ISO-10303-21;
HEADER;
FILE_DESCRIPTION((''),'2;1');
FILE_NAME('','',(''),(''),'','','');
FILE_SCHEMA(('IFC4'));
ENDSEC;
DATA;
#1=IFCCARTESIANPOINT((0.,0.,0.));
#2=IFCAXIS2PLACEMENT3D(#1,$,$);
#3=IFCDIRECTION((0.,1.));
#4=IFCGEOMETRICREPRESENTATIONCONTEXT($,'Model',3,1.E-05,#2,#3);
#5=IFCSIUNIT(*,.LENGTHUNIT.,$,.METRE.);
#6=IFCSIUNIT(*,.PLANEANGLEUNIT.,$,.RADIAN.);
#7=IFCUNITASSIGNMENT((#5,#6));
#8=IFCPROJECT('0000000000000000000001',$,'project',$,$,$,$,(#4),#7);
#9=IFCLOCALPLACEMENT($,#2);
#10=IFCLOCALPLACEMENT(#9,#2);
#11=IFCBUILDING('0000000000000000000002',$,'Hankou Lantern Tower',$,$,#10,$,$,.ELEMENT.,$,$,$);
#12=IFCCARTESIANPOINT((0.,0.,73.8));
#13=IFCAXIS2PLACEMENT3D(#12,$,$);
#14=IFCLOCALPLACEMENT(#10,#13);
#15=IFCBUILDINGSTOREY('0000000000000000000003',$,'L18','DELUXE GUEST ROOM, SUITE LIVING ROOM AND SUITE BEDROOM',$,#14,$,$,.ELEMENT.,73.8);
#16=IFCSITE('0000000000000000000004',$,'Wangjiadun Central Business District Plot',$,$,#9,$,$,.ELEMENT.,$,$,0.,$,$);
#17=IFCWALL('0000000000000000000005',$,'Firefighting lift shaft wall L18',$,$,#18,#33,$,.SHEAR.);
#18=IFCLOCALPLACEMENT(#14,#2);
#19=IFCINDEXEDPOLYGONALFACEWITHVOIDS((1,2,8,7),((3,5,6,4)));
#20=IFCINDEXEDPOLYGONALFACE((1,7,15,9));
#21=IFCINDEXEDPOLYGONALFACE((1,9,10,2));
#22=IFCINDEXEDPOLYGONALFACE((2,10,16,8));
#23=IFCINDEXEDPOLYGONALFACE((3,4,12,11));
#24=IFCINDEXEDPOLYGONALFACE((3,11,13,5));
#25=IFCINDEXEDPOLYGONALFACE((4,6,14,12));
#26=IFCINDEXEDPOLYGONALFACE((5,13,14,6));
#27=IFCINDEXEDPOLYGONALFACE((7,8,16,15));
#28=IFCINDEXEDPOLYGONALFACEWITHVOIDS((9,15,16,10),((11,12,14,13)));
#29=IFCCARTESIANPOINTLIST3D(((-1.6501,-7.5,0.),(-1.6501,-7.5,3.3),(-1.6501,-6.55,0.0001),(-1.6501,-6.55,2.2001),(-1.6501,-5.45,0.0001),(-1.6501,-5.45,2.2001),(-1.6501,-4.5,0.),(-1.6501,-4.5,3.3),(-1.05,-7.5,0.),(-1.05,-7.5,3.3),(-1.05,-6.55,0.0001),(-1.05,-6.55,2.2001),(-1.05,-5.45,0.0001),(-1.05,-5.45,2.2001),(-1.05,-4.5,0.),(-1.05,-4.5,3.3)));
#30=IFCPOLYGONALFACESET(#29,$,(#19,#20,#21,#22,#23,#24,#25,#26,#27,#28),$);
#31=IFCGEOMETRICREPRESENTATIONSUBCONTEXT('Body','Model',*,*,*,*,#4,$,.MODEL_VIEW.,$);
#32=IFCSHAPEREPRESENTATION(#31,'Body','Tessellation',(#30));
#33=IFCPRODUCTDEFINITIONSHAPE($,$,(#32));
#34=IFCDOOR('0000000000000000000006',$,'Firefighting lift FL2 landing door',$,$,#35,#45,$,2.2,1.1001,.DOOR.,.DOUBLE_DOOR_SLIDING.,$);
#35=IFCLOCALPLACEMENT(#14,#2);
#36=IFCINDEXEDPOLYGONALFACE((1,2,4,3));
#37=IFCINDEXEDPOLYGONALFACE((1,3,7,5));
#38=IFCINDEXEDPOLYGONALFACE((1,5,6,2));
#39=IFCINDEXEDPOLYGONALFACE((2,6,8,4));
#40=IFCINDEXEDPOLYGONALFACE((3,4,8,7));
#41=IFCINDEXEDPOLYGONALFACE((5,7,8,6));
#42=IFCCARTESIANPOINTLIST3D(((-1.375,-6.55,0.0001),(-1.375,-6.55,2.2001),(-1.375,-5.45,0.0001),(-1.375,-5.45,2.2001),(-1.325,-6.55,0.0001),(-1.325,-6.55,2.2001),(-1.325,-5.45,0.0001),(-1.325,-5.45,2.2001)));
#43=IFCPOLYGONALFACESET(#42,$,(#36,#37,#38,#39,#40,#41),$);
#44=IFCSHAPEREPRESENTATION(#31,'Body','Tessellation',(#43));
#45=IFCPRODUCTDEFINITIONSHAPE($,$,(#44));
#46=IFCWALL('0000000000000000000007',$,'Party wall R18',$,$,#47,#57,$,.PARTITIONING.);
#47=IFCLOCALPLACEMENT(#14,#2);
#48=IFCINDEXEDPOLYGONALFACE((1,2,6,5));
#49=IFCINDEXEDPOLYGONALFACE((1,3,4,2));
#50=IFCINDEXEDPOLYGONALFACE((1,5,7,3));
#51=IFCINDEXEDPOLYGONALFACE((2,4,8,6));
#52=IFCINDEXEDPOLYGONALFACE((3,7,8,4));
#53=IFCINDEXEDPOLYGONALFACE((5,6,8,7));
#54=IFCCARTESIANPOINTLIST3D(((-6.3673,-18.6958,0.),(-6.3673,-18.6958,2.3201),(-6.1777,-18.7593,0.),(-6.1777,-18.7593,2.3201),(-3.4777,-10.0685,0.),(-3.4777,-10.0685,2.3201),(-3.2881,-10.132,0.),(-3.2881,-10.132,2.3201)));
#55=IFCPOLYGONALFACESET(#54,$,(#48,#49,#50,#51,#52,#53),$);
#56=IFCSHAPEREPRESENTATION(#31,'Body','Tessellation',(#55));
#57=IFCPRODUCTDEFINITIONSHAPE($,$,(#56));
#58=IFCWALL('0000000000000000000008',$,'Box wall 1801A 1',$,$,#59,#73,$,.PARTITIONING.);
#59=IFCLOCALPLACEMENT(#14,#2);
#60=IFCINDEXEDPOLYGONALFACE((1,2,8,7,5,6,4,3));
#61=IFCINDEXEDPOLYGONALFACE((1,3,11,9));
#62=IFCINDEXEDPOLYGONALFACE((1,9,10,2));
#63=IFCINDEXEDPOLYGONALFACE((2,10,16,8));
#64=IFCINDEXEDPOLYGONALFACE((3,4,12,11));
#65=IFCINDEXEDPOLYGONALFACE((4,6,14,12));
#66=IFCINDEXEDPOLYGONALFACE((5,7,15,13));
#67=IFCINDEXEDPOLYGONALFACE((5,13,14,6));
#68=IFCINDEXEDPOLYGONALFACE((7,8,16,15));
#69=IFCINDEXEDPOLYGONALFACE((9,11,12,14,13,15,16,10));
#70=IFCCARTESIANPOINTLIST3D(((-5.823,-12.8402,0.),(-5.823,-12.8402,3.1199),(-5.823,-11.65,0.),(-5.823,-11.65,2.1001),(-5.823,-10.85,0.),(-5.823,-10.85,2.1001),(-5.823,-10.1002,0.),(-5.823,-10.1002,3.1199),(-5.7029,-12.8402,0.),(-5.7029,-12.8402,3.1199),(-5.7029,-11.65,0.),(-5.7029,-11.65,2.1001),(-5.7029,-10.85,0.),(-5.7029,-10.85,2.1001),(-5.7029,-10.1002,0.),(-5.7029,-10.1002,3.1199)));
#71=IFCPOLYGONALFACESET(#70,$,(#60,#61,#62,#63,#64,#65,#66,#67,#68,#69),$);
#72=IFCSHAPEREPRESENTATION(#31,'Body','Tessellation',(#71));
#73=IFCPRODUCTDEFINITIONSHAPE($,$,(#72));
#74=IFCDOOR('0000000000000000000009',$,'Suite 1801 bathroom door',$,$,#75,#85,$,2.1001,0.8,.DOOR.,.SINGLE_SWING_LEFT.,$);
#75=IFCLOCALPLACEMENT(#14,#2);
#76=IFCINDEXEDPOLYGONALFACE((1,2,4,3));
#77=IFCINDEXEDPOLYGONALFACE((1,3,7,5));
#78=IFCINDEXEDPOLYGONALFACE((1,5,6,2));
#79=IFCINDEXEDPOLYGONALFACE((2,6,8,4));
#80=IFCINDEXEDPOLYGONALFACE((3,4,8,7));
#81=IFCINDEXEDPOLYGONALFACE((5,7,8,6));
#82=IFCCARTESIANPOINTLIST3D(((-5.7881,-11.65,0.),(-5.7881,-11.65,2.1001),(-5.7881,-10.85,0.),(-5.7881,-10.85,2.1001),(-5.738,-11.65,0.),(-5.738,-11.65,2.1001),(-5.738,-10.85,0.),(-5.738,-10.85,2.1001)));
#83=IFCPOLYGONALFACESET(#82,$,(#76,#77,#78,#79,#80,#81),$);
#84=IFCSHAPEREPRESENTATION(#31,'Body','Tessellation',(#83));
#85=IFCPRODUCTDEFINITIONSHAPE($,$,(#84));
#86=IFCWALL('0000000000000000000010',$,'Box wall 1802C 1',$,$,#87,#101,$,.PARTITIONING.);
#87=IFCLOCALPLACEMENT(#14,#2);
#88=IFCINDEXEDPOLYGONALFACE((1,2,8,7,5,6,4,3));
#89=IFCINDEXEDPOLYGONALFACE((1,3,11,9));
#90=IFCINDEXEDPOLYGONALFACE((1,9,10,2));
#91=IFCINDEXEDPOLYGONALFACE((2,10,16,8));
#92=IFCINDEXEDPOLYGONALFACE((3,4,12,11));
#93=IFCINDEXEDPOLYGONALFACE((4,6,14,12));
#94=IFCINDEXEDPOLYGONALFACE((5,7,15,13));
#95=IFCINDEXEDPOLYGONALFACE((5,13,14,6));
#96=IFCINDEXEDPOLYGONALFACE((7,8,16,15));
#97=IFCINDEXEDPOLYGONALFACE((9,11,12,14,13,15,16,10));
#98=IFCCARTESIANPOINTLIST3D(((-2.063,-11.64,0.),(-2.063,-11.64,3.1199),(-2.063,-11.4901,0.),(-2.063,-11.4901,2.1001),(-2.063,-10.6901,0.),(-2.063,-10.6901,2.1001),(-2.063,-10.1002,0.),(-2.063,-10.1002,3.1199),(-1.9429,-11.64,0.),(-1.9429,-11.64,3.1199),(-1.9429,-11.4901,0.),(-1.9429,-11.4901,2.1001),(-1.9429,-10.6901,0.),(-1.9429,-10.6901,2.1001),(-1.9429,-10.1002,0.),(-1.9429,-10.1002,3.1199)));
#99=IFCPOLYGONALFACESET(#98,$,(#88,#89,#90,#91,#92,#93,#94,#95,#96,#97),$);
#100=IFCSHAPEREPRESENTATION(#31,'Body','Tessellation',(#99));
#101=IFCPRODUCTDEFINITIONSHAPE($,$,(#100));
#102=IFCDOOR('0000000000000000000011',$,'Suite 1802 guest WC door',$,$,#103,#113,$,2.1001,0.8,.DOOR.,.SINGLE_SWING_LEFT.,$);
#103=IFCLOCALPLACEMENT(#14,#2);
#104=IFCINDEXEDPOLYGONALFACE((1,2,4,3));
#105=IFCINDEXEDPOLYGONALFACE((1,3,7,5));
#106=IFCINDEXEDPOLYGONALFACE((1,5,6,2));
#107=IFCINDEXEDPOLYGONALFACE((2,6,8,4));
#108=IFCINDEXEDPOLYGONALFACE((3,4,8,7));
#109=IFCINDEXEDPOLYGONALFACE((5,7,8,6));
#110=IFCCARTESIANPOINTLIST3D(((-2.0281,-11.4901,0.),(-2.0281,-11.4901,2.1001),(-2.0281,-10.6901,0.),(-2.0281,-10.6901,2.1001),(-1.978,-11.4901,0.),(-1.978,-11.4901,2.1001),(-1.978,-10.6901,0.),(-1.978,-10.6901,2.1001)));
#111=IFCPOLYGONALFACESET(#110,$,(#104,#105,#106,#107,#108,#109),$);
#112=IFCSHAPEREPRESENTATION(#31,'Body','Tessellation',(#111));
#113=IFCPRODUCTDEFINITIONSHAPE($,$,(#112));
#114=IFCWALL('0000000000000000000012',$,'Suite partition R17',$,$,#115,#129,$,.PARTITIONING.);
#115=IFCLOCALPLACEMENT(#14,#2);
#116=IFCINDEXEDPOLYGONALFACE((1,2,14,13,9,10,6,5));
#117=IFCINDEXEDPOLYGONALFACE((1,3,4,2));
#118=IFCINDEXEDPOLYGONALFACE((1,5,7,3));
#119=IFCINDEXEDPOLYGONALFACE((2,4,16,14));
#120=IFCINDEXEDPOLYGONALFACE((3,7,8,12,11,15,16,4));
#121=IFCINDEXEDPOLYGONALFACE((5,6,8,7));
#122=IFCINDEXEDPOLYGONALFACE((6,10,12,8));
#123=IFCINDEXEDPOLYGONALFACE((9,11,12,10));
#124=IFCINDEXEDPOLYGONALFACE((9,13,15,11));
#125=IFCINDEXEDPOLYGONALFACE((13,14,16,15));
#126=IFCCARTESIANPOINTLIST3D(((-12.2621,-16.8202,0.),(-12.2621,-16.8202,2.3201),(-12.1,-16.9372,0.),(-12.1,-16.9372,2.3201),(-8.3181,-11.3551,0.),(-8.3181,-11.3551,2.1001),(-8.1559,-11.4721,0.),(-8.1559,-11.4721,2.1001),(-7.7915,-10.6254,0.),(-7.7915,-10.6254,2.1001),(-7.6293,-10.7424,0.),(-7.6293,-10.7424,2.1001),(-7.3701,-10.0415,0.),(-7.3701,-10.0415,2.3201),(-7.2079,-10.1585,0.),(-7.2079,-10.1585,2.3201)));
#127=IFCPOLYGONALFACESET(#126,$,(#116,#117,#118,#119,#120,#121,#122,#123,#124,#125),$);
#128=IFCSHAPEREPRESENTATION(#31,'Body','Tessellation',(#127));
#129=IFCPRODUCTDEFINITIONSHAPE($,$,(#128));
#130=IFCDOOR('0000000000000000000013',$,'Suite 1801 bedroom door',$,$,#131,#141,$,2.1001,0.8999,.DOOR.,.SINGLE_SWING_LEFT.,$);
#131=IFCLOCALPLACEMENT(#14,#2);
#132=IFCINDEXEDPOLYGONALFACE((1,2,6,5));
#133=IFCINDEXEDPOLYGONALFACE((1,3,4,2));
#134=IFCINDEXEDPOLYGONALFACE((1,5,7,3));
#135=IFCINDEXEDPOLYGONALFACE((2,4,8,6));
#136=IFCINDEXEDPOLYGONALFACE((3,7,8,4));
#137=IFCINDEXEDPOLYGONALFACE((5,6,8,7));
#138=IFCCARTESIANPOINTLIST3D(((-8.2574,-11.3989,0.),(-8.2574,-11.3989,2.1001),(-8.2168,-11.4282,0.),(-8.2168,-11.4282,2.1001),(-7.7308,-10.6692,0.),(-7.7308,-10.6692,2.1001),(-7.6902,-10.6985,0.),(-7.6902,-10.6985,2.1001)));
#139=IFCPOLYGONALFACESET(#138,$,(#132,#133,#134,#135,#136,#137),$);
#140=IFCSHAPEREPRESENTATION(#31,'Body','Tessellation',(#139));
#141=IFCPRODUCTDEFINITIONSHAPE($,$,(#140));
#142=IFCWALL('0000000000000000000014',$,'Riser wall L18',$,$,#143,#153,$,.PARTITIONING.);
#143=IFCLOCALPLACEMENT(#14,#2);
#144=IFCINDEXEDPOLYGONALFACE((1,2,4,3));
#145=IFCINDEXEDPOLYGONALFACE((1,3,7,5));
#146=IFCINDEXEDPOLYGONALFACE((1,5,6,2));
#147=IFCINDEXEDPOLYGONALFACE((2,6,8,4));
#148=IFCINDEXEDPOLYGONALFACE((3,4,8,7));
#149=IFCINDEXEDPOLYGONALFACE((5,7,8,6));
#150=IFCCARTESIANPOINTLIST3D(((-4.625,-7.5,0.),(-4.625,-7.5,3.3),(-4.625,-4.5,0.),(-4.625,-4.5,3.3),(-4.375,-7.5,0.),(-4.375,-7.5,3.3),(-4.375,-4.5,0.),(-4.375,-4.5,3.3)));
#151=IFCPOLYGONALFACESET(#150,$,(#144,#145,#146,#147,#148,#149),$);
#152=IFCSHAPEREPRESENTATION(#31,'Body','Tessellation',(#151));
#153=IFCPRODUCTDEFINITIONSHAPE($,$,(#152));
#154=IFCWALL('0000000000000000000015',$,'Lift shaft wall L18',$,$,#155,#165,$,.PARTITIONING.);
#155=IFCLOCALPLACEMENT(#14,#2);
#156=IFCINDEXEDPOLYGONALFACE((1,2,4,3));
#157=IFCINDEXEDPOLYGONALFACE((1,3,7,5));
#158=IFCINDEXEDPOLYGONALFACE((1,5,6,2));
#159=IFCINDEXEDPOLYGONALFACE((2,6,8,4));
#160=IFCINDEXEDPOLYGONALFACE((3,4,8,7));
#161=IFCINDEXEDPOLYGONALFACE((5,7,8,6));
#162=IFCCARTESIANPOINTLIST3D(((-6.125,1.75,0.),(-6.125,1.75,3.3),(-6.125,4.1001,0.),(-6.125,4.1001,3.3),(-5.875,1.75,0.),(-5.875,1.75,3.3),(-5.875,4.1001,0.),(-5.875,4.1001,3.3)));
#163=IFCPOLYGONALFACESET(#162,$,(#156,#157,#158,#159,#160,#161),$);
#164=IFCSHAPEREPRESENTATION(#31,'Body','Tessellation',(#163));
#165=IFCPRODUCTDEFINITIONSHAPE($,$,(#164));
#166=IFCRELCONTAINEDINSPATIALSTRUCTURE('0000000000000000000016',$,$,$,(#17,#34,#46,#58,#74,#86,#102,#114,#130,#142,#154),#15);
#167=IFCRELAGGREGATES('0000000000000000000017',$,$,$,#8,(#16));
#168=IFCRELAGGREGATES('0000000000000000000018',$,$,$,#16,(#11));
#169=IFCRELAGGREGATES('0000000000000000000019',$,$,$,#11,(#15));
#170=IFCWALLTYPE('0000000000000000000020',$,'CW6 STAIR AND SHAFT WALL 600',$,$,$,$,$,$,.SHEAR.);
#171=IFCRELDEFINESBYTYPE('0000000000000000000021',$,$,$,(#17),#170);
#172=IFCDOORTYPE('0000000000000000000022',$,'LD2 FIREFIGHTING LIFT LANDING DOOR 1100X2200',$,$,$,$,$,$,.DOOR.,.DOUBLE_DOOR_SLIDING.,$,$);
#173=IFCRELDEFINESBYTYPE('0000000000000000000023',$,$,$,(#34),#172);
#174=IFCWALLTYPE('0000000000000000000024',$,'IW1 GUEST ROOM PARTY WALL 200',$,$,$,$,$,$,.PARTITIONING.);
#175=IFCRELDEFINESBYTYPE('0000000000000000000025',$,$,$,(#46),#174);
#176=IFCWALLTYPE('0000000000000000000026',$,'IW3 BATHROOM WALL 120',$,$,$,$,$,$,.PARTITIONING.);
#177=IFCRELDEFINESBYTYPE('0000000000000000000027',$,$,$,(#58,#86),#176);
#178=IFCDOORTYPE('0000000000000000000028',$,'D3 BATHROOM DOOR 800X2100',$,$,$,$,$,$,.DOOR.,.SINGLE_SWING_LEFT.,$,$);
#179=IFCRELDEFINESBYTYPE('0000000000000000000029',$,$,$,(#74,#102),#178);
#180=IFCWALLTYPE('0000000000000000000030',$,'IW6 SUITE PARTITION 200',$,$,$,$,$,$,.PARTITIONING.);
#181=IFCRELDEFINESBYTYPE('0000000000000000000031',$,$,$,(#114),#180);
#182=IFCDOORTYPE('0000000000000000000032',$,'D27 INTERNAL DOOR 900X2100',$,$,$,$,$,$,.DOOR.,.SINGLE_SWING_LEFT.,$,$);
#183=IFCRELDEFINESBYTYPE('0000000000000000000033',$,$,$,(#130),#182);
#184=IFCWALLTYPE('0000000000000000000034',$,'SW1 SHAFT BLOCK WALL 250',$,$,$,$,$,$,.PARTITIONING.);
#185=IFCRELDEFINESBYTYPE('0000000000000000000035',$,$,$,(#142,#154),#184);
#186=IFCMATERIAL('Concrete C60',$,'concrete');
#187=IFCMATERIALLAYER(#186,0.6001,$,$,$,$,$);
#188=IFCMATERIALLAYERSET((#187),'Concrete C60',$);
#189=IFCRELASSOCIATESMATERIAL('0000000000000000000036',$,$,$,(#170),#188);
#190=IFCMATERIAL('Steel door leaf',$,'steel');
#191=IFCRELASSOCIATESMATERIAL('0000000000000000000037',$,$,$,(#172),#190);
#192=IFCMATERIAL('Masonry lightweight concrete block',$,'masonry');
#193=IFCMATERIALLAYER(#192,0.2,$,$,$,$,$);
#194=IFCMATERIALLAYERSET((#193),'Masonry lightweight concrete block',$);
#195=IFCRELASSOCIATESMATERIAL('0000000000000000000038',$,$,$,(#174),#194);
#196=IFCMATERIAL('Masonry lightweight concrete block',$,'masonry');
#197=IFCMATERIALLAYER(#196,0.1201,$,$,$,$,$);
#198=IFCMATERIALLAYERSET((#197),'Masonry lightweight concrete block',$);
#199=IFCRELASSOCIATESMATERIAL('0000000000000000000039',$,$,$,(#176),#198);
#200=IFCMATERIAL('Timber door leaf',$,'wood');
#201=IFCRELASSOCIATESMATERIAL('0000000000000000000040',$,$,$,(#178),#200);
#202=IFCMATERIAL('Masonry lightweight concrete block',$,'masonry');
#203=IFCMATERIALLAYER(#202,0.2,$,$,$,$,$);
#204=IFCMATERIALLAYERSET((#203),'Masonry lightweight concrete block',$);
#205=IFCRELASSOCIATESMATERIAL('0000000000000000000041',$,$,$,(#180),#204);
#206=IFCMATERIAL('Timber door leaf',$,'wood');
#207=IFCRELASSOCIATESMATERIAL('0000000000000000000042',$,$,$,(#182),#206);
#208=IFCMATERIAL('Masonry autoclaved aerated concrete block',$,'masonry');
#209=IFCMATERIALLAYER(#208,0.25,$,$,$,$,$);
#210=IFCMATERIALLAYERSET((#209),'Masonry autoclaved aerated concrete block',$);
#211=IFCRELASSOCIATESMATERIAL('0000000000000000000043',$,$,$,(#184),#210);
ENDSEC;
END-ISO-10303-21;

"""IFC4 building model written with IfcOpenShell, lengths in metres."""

from ifc_helpers import new_model, si_unit, direction, frame, frame_2d, origin, place, context, subcontext, project, spatial, rectangle, extrude, material, layer, layer_set, type_object, element, fill, save


model = new_model("IFC4")

# Units and contexts
model_context = context("Model", 3, precision=1e-05, world=origin(), true_north=direction((0.0, 1.0)))
body_context = subcontext(model_context, "Body", "Model", "MODEL_VIEW")
ifc_project = project(units=[si_unit("LENGTHUNIT", "METRE"), si_unit("PLANEANGLEUNIT", "RADIAN")], contexts=[model_context])

# Site, building, storey
site_placement = place(None, origin())
site = spatial("IfcSite", under=ifc_project, at=site_placement, Name="Wangjiadun Central Business District Plot", CompositionType="ELEMENT", RefElevation=0.0)
building_placement = place(site_placement, origin())
building = spatial("IfcBuilding", under=site, at=building_placement, Name="Hankou Lantern Tower", CompositionType="ELEMENT")
storey_placement = place(building_placement, frame((0.0, 0.0, 73.8)))
storey = spatial("IfcBuildingStorey", under=building, at=storey_placement, Name="L18", Description="DELUXE GUEST ROOM, SUITE LIVING ROOM AND SUITE BEDROOM", CompositionType="ELEMENT", Elevation=73.8)

# Wall, opening, door
ifc_material_1 = material(Name="Concrete C60", Category="concrete")
ifc_layer_1 = layer(ifc_material_1, 0.6001)
ifc_layer_set_1 = layer_set([ifc_layer_1], Name="Concrete C60")
wall_type_1 = type_object("IfcWallType", Name="CW6 STAIR AND SHAFT WALL 600", PredefinedType="SHEAR", material=ifc_layer_set_1)
wall_1_placement = place(storey_placement, frame((-1.3501, -7.5, 0.0), z_axis=(0.0, 0.0, 1.0), x_axis=(0.0, 1.0, 0.0)))
wall_1 = element("IfcWall", 1, at=wall_1_placement, inside=storey, type_object=wall_type_1, Name="Firefighting lift shaft wall L18", PredefinedType="SHEAR", context=body_context, shape_type="SweptSolid", body=[
    extrude(rectangle(XDim=3.0, YDim=0.6001, at=frame_2d((1.5, 0.0))), origin(), (0.0, 0.0, 1.0), 3.3),
])
opening_1_placement = place(wall_1_placement, frame((0.95, 0.0, 0.0)))
opening_1 = element("IfcOpeningElement", 2, at=opening_1_placement, cuts=wall_1, PredefinedType="OPENING", context=body_context, shape_type="SweptSolid", body=[
    extrude(rectangle(XDim=1.1001, YDim=2.2, at=frame_2d((0.55, 1.1001))), frame((0.0, 0.3101, 0.0), z_axis=(0.0, -1.0, 0.0), x_axis=(1.0, 0.0, 0.0)), (0.0, 0.0, 1.0), 0.6201),
])
ifc_material_2 = material(Name="Steel door leaf", Category="steel")
door_type_1 = type_object("IfcDoorType", Name="LD2 FIREFIGHTING LIFT LANDING DOOR 1100X2200", OperationType="DOUBLE_DOOR_SLIDING", PredefinedType="DOOR", material=ifc_material_2)
door_1_placement = place(opening_1_placement, origin())
door_1 = element("IfcDoor", 3, at=door_1_placement, inside=storey, type_object=door_type_1, Name="Firefighting lift FL2 landing door", OperationType="DOUBLE_DOOR_SLIDING", OverallHeight=2.2, OverallWidth=1.1001, PredefinedType="DOOR", context=body_context, shape_type="SweptSolid", body=[
    extrude(rectangle(XDim=1.1001, YDim=2.2, at=frame_2d((0.55, 1.1001))), frame((0.0, 0.0249, 0.0), z_axis=(0.0, -1.0, 0.0), x_axis=(1.0, 0.0, 0.0)), (0.0, 0.0, 1.0), 0.05),
])
fill(opening_1, door_1)

# Wall
ifc_material_3 = material(Name="Masonry lightweight concrete block", Category="masonry")
ifc_layer_2 = layer(ifc_material_3, 0.2)
ifc_layer_set_2 = layer_set([ifc_layer_2], Name="Masonry lightweight concrete block")
wall_type_2 = type_object("IfcWallType", Name="IW1 GUEST ROOM PARTY WALL 200", PredefinedType="PARTITIONING", material=ifc_layer_set_2)
wall_2_placement = place(storey_placement, frame((-3.3828, -10.1001, 0.0), z_axis=(0.0, 0.0, 1.0), x_axis=(-0.317596, -0.948226, 0.0)))
element("IfcWall", 4, at=wall_2_placement, inside=storey, type_object=wall_type_2, Name="Party wall R18", PredefinedType="PARTITIONING", context=body_context, shape_type="SweptSolid", body=[
    extrude(rectangle(XDim=9.0984, YDim=0.2, at=frame_2d((4.5493, 0.0))), origin(), (0.0, 0.0, 1.0), 2.3201),
])

# Walls, openings, doors
ifc_material_4 = material(Name="Masonry lightweight concrete block", Category="masonry")
ifc_layer_3 = layer(ifc_material_4, 0.1201)
ifc_layer_set_3 = layer_set([ifc_layer_3], Name="Masonry lightweight concrete block")
wall_type_3 = type_object("IfcWallType", Name="IW3 BATHROOM WALL 120", PredefinedType="PARTITIONING", material=ifc_layer_set_3)
wall_3_placement = place(storey_placement, frame((-5.7629, -10.1001, 0.0), z_axis=(0.0, 0.0, 1.0), x_axis=(0.0, -1.0, 0.0)))
wall_3 = element("IfcWall", 5, at=wall_3_placement, inside=storey, type_object=wall_type_3, Name="Box wall 1801A 1", PredefinedType="PARTITIONING", context=body_context, shape_type="SweptSolid", body=[
    extrude(rectangle(XDim=2.74, YDim=0.1201, at=frame_2d((1.3701, 0.0))), origin(), (0.0, 0.0, 1.0), 3.1199),
])
opening_2_placement = place(wall_3_placement, frame((0.75, 0.0, 0.0)))
opening_2 = element("IfcOpeningElement", 6, at=opening_2_placement, cuts=wall_3, PredefinedType="OPENING", context=body_context, shape_type="SweptSolid", body=[
    extrude(rectangle(XDim=0.8, YDim=2.1001, at=frame_2d((0.3999, 1.05))), frame((0.0, 0.0701, 0.0), z_axis=(0.0, -1.0, 0.0), x_axis=(1.0, 0.0, 0.0)), (0.0, 0.0, 1.0), 0.1401),
])
ifc_material_5 = material(Name="Timber door leaf", Category="wood")
door_type_2 = type_object("IfcDoorType", Name="D3 BATHROOM DOOR 800X2100", OperationType="SINGLE_SWING_LEFT", PredefinedType="DOOR", material=ifc_material_5)
door_2_placement = place(opening_2_placement, origin())
door_2 = element("IfcDoor", 7, at=door_2_placement, inside=storey, type_object=door_type_2, Name="Suite 1801 bathroom door", OperationType="SINGLE_SWING_LEFT", OverallHeight=2.1001, OverallWidth=0.8, PredefinedType="DOOR", context=body_context, shape_type="SweptSolid", body=[
    extrude(rectangle(XDim=0.8, YDim=2.1001, at=frame_2d((0.3999, 1.05))), frame((0.0, 0.0249, 0.0), z_axis=(0.0, -1.0, 0.0), x_axis=(1.0, 0.0, 0.0)), (0.0, 0.0, 1.0), 0.05),
])
fill(opening_2, door_2)
wall_4_placement = place(storey_placement, frame((-2.0029, -10.1001, 0.0), z_axis=(0.0, 0.0, 1.0), x_axis=(0.0, -1.0, 0.0)))
wall_4 = element("IfcWall", 8, at=wall_4_placement, inside=storey, type_object=wall_type_3, Name="Box wall 1802C 1", PredefinedType="PARTITIONING", context=body_context, shape_type="SweptSolid", body=[
    extrude(rectangle(XDim=1.5398, YDim=0.1201, at=frame_2d((0.77, 0.0))), origin(), (0.0, 0.0, 1.0), 3.1199),
])
opening_3_placement = place(wall_4_placement, frame((0.5901, 0.0, 0.0)))
opening_3 = element("IfcOpeningElement", 9, at=opening_3_placement, cuts=wall_4, PredefinedType="OPENING", context=body_context, shape_type="SweptSolid", body=[
    extrude(rectangle(XDim=0.8, YDim=2.1001, at=frame_2d((0.3999, 1.05))), frame((0.0, 0.0701, 0.0), z_axis=(0.0, -1.0, 0.0), x_axis=(1.0, 0.0, 0.0)), (0.0, 0.0, 1.0), 0.1401),
])
door_3_placement = place(opening_3_placement, origin())
door_3 = element("IfcDoor", 10, at=door_3_placement, inside=storey, type_object=door_type_2, Name="Suite 1802 guest WC door", OperationType="SINGLE_SWING_LEFT", OverallHeight=2.1001, OverallWidth=0.8, PredefinedType="DOOR", context=body_context, shape_type="SweptSolid", body=[
    extrude(rectangle(XDim=0.8, YDim=2.1001, at=frame_2d((0.3999, 1.05))), frame((0.0, 0.0249, 0.0), z_axis=(0.0, -1.0, 0.0), x_axis=(1.0, 0.0, 0.0)), (0.0, 0.0, 1.0), 0.05),
])
fill(opening_3, door_3)
ifc_material_6 = material(Name="Masonry lightweight concrete block", Category="masonry")
ifc_layer_4 = layer(ifc_material_6, 0.2)
ifc_layer_set_4 = layer_set([ifc_layer_4], Name="Masonry lightweight concrete block")
wall_type_4 = type_object("IfcWallType", Name="IW6 SUITE PARTITION 200", PredefinedType="PARTITIONING", material=ifc_layer_set_4)
wall_5_placement = place(storey_placement, frame((-7.2891, -10.1001, 0.0), z_axis=(0.0, 0.0, 1.0), x_axis=(-0.585198, -0.81089, 0.0)))
wall_5 = element("IfcWall", 11, at=wall_5_placement, inside=storey, type_object=wall_type_4, Name="Suite partition R17", PredefinedType="PARTITIONING", context=body_context, shape_type="SweptSolid", body=[
    extrude(rectangle(XDim=8.3596, YDim=0.2, at=frame_2d((4.1797, 0.0))), origin(), (0.0, 0.0, 1.0), 2.3201),
])
opening_4_placement = place(wall_5_placement, frame((0.72, 0.0, 0.0)))
opening_4 = element("IfcOpeningElement", 12, at=opening_4_placement, cuts=wall_5, PredefinedType="OPENING", context=body_context, shape_type="SweptSolid", body=[
    extrude(rectangle(XDim=0.8999, YDim=2.1001, at=frame_2d((0.45, 1.05))), frame((0.0, 0.1099, 0.0), z_axis=(0.0, -1.0, 0.0), x_axis=(1.0, 0.0, 0.0)), (0.0, 0.0, 1.0), 0.22),
])
ifc_material_7 = material(Name="Timber door leaf", Category="wood")
door_type_3 = type_object("IfcDoorType", Name="D27 INTERNAL DOOR 900X2100", OperationType="SINGLE_SWING_LEFT", PredefinedType="DOOR", material=ifc_material_7)
door_4_placement = place(opening_4_placement, origin())
door_4 = element("IfcDoor", 13, at=door_4_placement, inside=storey, type_object=door_type_3, Name="Suite 1801 bedroom door", OperationType="SINGLE_SWING_LEFT", OverallHeight=2.1001, OverallWidth=0.8999, PredefinedType="DOOR", context=body_context, shape_type="SweptSolid", body=[
    extrude(rectangle(XDim=0.8999, YDim=2.1001, at=frame_2d((0.45, 1.05))), frame((0.0, 0.0249, 0.0), z_axis=(0.0, -1.0, 0.0), x_axis=(1.0, 0.0, 0.0)), (0.0, 0.0, 1.0), 0.05),
])
fill(opening_4, door_4)

# Walls
ifc_material_8 = material(Name="Masonry autoclaved aerated concrete block", Category="masonry")
ifc_layer_5 = layer(ifc_material_8, 0.25)
ifc_layer_set_5 = layer_set([ifc_layer_5], Name="Masonry autoclaved aerated concrete block")
wall_type_5 = type_object("IfcWallType", Name="SW1 SHAFT BLOCK WALL 250", PredefinedType="PARTITIONING", material=ifc_layer_set_5)
wall_6_placement = place(storey_placement, frame((-4.5, -7.5, 0.0), z_axis=(0.0, 0.0, 1.0), x_axis=(0.0, 1.0, 0.0)))
element("IfcWall", 14, at=wall_6_placement, inside=storey, type_object=wall_type_5, Name="Riser wall L18", PredefinedType="PARTITIONING", context=body_context, shape_type="SweptSolid", body=[
    extrude(rectangle(XDim=3.0, YDim=0.25, at=frame_2d((1.5, 0.0))), origin(), (0.0, 0.0, 1.0), 3.3),
])
for number, where, z_axis, x_axis, name in (
    (15, (-6.0, 1.75, 0.0), (0.0, 0.0, 1.0), (0.0, 1.0, 0.0), "Lift shaft wall L18"),
):
    element("IfcWall", number, at=place(storey_placement, frame(where, z_axis=z_axis, x_axis=x_axis)), inside=storey, type_object=wall_type_5, Name=name, PredefinedType="PARTITIONING", context=body_context, shape_type="SweptSolid", body=[
        extrude(rectangle(XDim=2.3501, YDim=0.25, at=frame_2d((1.175, 0.0))), origin(), (0.0, 0.0, 1.0), 3.3),
    ])

save(model, "model.ifc")
